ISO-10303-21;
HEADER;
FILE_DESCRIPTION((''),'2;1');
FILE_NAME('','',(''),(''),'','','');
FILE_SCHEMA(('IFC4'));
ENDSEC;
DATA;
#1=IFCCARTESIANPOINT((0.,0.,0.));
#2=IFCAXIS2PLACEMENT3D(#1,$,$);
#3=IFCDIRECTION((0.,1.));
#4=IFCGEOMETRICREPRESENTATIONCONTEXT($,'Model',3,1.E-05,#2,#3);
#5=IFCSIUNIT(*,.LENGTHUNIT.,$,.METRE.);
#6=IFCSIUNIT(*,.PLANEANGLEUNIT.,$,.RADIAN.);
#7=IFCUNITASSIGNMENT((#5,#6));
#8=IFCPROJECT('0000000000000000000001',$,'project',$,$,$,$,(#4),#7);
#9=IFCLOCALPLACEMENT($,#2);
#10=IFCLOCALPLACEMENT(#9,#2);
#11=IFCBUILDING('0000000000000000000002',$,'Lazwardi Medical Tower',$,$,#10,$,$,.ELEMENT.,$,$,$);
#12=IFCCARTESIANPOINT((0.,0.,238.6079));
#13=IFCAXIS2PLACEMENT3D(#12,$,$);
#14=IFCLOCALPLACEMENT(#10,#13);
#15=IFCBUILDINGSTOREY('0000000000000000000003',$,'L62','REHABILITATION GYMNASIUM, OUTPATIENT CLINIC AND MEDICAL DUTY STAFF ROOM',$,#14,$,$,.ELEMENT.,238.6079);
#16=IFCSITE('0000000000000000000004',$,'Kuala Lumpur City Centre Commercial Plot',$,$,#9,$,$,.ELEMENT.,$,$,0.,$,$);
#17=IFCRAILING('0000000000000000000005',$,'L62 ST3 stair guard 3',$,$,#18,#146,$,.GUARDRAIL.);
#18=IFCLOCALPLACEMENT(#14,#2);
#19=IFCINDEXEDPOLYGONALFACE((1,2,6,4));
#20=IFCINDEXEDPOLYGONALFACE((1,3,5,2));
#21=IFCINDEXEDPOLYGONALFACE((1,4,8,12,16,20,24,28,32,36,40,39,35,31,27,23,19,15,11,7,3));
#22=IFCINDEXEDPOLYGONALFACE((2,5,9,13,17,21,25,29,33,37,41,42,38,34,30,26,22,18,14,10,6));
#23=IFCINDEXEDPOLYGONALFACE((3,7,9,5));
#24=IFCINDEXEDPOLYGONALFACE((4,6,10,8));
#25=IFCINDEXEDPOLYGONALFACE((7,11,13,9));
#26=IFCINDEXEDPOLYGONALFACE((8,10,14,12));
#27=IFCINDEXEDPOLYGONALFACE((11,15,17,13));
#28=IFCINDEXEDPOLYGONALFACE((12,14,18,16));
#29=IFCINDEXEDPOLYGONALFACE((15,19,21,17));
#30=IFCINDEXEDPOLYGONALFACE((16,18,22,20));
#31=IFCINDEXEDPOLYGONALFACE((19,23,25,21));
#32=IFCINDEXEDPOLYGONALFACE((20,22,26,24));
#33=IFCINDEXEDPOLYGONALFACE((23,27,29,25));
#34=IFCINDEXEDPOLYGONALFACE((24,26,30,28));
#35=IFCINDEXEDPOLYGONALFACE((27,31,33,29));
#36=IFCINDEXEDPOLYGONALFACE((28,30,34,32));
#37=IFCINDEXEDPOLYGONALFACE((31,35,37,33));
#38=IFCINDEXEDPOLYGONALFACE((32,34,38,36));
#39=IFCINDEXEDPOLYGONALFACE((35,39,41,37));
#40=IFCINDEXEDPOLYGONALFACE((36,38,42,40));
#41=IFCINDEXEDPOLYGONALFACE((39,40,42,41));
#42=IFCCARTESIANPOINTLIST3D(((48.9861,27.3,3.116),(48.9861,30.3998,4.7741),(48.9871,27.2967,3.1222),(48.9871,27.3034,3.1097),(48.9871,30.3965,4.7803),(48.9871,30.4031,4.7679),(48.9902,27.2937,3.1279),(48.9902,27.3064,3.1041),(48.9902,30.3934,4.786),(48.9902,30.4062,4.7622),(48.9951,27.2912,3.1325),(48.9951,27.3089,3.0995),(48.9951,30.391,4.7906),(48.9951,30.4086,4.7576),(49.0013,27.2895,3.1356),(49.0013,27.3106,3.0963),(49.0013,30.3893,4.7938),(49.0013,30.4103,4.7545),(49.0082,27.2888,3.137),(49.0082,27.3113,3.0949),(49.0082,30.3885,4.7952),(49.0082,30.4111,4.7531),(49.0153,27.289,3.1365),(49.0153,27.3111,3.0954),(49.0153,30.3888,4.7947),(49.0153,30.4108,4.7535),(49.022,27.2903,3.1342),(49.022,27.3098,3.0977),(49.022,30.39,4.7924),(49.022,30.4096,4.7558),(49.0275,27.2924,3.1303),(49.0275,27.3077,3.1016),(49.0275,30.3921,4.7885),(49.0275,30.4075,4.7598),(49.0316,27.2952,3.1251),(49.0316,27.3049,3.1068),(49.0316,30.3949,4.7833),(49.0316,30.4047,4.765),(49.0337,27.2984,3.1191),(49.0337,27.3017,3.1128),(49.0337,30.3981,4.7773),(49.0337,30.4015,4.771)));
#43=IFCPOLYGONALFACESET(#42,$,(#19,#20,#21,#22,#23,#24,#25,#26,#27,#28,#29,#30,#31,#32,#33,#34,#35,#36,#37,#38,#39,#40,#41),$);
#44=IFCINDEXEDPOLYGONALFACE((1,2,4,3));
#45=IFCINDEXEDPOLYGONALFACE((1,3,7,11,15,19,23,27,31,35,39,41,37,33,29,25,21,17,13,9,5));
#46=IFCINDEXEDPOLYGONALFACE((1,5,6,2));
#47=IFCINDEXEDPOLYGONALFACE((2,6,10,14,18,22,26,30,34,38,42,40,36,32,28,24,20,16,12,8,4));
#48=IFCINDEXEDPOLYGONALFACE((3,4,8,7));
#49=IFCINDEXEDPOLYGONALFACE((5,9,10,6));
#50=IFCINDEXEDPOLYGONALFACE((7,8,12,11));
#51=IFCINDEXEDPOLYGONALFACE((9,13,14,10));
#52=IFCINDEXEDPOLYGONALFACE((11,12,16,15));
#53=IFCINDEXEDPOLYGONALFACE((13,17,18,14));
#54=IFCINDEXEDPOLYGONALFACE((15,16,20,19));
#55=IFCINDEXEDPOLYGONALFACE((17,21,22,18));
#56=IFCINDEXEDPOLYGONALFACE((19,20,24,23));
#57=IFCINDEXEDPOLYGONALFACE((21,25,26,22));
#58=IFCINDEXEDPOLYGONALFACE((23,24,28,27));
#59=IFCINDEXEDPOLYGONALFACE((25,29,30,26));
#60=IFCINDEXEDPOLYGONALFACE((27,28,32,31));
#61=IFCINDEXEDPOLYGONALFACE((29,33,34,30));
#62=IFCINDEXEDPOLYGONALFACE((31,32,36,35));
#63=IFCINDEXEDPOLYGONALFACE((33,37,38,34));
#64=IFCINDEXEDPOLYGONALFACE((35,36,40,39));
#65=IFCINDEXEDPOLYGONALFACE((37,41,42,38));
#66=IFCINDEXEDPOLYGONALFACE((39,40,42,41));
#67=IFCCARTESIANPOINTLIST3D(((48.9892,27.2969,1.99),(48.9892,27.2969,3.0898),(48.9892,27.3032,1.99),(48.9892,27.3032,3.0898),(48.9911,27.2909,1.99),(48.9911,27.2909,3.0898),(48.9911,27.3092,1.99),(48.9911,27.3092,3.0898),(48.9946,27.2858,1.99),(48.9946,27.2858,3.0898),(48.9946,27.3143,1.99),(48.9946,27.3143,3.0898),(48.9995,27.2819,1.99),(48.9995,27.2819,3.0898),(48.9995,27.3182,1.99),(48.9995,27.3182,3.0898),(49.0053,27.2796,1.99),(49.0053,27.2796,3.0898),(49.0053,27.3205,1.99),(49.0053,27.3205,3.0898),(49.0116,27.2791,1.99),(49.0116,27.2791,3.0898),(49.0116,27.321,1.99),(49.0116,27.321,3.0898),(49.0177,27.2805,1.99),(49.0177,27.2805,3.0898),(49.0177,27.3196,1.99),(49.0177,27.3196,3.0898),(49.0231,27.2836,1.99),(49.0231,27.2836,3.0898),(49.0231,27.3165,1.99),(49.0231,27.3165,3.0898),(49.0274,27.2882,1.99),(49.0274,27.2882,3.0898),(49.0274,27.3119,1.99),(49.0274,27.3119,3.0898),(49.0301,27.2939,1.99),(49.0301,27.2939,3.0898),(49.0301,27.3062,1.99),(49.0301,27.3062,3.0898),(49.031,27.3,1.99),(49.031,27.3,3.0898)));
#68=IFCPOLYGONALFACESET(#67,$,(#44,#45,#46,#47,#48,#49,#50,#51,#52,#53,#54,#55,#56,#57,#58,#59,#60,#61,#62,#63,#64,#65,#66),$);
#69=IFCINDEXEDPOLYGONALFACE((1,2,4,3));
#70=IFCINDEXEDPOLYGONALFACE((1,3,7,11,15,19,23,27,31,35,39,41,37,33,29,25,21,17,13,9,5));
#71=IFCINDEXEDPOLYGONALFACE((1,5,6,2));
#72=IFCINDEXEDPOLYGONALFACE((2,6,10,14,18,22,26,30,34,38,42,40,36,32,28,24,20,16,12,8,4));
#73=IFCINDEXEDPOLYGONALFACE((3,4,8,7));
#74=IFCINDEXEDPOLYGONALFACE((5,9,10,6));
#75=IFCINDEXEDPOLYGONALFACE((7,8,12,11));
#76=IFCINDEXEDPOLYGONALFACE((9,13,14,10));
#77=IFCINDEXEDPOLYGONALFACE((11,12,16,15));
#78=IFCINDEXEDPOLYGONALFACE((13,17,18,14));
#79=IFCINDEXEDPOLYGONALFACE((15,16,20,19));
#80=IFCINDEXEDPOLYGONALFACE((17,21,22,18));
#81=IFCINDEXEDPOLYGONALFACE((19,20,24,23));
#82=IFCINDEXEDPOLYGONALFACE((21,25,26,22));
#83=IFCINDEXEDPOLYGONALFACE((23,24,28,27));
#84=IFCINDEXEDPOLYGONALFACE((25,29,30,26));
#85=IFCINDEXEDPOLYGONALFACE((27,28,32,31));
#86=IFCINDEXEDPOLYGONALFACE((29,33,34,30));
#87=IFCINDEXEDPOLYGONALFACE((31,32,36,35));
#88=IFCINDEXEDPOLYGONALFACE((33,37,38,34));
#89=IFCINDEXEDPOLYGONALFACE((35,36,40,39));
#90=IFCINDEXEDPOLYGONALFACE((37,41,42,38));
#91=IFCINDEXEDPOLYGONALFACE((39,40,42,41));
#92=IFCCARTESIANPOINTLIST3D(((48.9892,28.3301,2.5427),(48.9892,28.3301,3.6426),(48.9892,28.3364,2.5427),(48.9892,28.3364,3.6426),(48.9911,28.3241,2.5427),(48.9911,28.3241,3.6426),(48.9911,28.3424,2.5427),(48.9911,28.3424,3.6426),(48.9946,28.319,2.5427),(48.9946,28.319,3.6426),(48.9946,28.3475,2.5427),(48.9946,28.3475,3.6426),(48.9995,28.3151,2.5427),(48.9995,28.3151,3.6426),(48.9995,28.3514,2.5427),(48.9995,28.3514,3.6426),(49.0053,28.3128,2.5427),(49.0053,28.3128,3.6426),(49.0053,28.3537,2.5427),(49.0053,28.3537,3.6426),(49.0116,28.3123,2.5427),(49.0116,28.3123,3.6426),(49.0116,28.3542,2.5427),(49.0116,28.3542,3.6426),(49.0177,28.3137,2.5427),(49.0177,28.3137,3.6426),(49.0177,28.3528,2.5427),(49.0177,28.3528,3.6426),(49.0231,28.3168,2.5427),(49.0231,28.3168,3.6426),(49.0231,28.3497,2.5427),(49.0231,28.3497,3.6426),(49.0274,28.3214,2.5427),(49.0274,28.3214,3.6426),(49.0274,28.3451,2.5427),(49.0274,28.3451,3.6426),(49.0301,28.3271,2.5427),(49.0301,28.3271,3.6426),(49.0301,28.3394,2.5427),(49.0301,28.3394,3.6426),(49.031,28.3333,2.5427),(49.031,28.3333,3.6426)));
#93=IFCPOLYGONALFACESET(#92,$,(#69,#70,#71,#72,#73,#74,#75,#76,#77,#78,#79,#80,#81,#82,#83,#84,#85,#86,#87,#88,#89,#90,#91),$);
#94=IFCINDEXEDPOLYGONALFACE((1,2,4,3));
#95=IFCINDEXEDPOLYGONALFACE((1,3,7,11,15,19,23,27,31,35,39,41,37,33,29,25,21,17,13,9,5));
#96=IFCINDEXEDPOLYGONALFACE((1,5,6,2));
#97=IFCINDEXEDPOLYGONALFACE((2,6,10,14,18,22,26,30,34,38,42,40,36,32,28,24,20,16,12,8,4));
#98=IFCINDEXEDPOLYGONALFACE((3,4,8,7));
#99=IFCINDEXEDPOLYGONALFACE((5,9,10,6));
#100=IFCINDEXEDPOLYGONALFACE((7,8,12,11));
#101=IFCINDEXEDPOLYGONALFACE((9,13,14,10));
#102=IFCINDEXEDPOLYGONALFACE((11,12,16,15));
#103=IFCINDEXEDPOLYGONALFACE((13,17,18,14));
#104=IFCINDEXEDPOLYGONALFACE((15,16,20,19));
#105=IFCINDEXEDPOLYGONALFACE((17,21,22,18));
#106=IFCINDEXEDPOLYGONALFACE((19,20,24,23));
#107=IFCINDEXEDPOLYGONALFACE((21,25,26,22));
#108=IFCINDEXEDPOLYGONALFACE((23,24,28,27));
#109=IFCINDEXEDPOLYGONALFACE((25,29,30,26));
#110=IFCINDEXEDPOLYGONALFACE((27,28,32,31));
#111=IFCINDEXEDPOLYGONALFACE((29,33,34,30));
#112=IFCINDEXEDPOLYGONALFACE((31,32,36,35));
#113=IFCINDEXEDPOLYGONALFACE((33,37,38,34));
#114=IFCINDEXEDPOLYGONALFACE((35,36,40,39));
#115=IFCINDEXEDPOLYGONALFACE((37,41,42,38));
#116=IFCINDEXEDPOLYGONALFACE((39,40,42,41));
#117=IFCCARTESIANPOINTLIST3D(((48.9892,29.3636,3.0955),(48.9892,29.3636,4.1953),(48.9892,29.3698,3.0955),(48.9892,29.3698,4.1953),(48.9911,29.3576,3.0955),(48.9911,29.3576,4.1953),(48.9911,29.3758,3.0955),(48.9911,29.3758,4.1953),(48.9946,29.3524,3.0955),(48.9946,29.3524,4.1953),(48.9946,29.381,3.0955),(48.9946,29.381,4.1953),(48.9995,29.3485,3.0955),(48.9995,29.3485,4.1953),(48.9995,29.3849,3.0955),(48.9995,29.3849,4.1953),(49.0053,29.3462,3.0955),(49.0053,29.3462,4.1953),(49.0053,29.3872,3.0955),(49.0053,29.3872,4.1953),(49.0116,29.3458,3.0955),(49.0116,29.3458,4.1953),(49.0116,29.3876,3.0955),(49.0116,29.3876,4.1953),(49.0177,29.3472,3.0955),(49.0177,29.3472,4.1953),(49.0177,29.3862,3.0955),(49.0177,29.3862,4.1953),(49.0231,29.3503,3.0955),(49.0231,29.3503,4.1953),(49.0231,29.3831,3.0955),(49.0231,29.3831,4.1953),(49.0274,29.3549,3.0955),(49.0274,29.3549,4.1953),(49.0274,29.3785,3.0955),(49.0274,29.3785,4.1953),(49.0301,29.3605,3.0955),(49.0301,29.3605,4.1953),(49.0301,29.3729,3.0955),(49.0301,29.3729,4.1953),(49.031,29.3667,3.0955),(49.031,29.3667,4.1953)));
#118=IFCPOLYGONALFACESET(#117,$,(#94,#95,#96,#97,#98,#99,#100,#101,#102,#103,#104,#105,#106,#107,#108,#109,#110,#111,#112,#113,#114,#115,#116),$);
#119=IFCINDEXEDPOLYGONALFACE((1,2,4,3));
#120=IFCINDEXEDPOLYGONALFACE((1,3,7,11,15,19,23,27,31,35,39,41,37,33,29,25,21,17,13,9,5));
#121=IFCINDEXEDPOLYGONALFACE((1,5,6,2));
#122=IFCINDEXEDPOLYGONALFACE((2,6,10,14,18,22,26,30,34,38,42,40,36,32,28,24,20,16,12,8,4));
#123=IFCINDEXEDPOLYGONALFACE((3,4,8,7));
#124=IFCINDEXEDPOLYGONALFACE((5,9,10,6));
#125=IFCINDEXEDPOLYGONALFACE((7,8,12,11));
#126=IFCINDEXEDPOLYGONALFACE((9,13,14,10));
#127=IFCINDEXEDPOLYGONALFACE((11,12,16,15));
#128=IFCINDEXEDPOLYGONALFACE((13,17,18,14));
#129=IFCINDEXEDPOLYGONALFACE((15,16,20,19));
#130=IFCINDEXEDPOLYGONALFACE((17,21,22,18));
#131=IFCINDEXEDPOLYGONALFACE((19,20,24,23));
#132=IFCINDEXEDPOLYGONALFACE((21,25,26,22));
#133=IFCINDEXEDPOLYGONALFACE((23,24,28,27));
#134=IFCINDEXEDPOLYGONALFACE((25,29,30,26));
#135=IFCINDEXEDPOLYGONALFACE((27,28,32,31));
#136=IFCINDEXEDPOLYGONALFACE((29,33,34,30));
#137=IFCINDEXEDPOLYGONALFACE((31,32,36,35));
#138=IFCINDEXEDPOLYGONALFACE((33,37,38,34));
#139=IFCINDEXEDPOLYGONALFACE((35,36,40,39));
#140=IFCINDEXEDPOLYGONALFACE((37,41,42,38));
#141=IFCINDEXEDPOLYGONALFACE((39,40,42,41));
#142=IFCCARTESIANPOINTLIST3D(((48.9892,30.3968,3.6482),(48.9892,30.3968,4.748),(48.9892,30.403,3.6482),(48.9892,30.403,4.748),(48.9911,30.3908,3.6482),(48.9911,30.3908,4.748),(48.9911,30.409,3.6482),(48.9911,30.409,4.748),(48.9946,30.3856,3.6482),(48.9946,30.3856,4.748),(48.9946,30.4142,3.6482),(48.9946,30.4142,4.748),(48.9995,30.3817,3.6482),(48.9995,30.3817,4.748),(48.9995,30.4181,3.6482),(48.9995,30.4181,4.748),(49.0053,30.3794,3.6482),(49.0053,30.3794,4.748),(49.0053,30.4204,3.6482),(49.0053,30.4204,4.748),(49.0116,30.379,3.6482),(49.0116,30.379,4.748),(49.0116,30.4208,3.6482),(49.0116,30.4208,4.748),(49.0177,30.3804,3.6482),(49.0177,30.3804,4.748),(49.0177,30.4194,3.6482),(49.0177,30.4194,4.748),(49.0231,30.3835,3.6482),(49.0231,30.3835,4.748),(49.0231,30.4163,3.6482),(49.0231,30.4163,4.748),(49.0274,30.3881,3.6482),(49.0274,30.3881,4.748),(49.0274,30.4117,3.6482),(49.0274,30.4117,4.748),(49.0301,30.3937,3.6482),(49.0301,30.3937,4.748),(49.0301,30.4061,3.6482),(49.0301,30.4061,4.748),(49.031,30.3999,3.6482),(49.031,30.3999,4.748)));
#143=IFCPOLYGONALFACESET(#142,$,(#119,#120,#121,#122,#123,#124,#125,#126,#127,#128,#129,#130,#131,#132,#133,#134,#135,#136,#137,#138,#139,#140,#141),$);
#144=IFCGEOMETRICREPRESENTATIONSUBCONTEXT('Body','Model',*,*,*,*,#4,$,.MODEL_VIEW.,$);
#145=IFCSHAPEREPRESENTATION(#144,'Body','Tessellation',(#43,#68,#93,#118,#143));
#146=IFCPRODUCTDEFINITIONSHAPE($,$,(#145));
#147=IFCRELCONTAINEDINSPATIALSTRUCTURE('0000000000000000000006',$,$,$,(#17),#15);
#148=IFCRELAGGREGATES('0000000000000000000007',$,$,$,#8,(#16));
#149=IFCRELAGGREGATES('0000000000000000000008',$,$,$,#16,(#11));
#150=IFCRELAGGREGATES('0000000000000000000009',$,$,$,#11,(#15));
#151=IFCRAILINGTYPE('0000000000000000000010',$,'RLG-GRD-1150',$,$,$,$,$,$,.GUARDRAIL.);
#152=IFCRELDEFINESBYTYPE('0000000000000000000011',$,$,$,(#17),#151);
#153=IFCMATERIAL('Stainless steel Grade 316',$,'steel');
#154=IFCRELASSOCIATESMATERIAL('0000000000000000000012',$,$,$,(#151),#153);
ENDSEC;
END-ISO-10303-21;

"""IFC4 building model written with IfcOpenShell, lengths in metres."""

from ifc_helpers import new_model, si_unit, direction, frame, origin, origin_2d, place, context, subcontext, project, spatial, circle, extrude, material, type_object, element, save


model = new_model("IFC4")

# Units and contexts
model_context = context("Model", 3, precision=1e-05, world=origin(), true_north=direction((0.0, 1.0)))
body_context = subcontext(model_context, "Body", "Model", "MODEL_VIEW")
ifc_project = project(units=[si_unit("LENGTHUNIT", "METRE"), si_unit("PLANEANGLEUNIT", "RADIAN")], contexts=[model_context])

# Site, building, storey
site_placement = place(None, origin())
site = spatial("IfcSite", under=ifc_project, at=site_placement, Name="Kuala Lumpur City Centre Commercial Plot", CompositionType="ELEMENT", RefElevation=0.0)
building_placement = place(site_placement, origin())
building = spatial("IfcBuilding", under=site, at=building_placement, Name="Lazwardi Medical Tower", CompositionType="ELEMENT")
storey_placement = place(building_placement, frame((0.0, 0.0, 238.6079)))
storey = spatial("IfcBuildingStorey", under=building, at=storey_placement, Name="L62", Description="REHABILITATION GYMNASIUM, OUTPATIENT CLINIC AND MEDICAL DUTY STAFF ROOM", CompositionType="ELEMENT", Elevation=238.6079)

# Railing
ifc_material_1 = material(Name="Stainless steel Grade 316", Category="steel")
railing_type_1 = type_object("IfcRailingType", Name="RLG-GRD-1150", PredefinedType="GUARDRAIL", material=ifc_material_1)
railing_1_placement = place(storey_placement, frame((49.01, 27.3, 1.99)))
element("IfcRailing", 1, at=railing_1_placement, inside=storey, type_object=railing_type_1, Name="L62 ST3 stair guard 3", PredefinedType="GUARDRAIL", context=body_context, shape_type="SweptSolid", body=[
    extrude(circle(Radius=0.0239, at=origin_2d()), frame((0.0, 0.0, 1.126), z_axis=(0.0, 0.881768, 0.471684), x_axis=(-1.0, 0.0, 0.0)), (0.0, 0.0, 1.0), 3.5154),
    extrude(circle(Radius=0.021, at=origin_2d()), origin(), (0.0, 0.0, 1.0), 1.0999),
    extrude(circle(Radius=0.021, at=origin_2d()), frame((0.0, 1.0332, 0.5527)), (0.0, 0.0, 1.0), 1.0999),
    extrude(circle(Radius=0.021, at=origin_2d()), frame((0.0, 2.0667, 1.1055)), (0.0, 0.0, 1.0), 1.0999),
    extrude(circle(Radius=0.021, at=origin_2d()), frame((0.0, 3.0999, 1.6582)), (0.0, 0.0, 1.0), 1.0999),
])

save(model, "model.ifc")
